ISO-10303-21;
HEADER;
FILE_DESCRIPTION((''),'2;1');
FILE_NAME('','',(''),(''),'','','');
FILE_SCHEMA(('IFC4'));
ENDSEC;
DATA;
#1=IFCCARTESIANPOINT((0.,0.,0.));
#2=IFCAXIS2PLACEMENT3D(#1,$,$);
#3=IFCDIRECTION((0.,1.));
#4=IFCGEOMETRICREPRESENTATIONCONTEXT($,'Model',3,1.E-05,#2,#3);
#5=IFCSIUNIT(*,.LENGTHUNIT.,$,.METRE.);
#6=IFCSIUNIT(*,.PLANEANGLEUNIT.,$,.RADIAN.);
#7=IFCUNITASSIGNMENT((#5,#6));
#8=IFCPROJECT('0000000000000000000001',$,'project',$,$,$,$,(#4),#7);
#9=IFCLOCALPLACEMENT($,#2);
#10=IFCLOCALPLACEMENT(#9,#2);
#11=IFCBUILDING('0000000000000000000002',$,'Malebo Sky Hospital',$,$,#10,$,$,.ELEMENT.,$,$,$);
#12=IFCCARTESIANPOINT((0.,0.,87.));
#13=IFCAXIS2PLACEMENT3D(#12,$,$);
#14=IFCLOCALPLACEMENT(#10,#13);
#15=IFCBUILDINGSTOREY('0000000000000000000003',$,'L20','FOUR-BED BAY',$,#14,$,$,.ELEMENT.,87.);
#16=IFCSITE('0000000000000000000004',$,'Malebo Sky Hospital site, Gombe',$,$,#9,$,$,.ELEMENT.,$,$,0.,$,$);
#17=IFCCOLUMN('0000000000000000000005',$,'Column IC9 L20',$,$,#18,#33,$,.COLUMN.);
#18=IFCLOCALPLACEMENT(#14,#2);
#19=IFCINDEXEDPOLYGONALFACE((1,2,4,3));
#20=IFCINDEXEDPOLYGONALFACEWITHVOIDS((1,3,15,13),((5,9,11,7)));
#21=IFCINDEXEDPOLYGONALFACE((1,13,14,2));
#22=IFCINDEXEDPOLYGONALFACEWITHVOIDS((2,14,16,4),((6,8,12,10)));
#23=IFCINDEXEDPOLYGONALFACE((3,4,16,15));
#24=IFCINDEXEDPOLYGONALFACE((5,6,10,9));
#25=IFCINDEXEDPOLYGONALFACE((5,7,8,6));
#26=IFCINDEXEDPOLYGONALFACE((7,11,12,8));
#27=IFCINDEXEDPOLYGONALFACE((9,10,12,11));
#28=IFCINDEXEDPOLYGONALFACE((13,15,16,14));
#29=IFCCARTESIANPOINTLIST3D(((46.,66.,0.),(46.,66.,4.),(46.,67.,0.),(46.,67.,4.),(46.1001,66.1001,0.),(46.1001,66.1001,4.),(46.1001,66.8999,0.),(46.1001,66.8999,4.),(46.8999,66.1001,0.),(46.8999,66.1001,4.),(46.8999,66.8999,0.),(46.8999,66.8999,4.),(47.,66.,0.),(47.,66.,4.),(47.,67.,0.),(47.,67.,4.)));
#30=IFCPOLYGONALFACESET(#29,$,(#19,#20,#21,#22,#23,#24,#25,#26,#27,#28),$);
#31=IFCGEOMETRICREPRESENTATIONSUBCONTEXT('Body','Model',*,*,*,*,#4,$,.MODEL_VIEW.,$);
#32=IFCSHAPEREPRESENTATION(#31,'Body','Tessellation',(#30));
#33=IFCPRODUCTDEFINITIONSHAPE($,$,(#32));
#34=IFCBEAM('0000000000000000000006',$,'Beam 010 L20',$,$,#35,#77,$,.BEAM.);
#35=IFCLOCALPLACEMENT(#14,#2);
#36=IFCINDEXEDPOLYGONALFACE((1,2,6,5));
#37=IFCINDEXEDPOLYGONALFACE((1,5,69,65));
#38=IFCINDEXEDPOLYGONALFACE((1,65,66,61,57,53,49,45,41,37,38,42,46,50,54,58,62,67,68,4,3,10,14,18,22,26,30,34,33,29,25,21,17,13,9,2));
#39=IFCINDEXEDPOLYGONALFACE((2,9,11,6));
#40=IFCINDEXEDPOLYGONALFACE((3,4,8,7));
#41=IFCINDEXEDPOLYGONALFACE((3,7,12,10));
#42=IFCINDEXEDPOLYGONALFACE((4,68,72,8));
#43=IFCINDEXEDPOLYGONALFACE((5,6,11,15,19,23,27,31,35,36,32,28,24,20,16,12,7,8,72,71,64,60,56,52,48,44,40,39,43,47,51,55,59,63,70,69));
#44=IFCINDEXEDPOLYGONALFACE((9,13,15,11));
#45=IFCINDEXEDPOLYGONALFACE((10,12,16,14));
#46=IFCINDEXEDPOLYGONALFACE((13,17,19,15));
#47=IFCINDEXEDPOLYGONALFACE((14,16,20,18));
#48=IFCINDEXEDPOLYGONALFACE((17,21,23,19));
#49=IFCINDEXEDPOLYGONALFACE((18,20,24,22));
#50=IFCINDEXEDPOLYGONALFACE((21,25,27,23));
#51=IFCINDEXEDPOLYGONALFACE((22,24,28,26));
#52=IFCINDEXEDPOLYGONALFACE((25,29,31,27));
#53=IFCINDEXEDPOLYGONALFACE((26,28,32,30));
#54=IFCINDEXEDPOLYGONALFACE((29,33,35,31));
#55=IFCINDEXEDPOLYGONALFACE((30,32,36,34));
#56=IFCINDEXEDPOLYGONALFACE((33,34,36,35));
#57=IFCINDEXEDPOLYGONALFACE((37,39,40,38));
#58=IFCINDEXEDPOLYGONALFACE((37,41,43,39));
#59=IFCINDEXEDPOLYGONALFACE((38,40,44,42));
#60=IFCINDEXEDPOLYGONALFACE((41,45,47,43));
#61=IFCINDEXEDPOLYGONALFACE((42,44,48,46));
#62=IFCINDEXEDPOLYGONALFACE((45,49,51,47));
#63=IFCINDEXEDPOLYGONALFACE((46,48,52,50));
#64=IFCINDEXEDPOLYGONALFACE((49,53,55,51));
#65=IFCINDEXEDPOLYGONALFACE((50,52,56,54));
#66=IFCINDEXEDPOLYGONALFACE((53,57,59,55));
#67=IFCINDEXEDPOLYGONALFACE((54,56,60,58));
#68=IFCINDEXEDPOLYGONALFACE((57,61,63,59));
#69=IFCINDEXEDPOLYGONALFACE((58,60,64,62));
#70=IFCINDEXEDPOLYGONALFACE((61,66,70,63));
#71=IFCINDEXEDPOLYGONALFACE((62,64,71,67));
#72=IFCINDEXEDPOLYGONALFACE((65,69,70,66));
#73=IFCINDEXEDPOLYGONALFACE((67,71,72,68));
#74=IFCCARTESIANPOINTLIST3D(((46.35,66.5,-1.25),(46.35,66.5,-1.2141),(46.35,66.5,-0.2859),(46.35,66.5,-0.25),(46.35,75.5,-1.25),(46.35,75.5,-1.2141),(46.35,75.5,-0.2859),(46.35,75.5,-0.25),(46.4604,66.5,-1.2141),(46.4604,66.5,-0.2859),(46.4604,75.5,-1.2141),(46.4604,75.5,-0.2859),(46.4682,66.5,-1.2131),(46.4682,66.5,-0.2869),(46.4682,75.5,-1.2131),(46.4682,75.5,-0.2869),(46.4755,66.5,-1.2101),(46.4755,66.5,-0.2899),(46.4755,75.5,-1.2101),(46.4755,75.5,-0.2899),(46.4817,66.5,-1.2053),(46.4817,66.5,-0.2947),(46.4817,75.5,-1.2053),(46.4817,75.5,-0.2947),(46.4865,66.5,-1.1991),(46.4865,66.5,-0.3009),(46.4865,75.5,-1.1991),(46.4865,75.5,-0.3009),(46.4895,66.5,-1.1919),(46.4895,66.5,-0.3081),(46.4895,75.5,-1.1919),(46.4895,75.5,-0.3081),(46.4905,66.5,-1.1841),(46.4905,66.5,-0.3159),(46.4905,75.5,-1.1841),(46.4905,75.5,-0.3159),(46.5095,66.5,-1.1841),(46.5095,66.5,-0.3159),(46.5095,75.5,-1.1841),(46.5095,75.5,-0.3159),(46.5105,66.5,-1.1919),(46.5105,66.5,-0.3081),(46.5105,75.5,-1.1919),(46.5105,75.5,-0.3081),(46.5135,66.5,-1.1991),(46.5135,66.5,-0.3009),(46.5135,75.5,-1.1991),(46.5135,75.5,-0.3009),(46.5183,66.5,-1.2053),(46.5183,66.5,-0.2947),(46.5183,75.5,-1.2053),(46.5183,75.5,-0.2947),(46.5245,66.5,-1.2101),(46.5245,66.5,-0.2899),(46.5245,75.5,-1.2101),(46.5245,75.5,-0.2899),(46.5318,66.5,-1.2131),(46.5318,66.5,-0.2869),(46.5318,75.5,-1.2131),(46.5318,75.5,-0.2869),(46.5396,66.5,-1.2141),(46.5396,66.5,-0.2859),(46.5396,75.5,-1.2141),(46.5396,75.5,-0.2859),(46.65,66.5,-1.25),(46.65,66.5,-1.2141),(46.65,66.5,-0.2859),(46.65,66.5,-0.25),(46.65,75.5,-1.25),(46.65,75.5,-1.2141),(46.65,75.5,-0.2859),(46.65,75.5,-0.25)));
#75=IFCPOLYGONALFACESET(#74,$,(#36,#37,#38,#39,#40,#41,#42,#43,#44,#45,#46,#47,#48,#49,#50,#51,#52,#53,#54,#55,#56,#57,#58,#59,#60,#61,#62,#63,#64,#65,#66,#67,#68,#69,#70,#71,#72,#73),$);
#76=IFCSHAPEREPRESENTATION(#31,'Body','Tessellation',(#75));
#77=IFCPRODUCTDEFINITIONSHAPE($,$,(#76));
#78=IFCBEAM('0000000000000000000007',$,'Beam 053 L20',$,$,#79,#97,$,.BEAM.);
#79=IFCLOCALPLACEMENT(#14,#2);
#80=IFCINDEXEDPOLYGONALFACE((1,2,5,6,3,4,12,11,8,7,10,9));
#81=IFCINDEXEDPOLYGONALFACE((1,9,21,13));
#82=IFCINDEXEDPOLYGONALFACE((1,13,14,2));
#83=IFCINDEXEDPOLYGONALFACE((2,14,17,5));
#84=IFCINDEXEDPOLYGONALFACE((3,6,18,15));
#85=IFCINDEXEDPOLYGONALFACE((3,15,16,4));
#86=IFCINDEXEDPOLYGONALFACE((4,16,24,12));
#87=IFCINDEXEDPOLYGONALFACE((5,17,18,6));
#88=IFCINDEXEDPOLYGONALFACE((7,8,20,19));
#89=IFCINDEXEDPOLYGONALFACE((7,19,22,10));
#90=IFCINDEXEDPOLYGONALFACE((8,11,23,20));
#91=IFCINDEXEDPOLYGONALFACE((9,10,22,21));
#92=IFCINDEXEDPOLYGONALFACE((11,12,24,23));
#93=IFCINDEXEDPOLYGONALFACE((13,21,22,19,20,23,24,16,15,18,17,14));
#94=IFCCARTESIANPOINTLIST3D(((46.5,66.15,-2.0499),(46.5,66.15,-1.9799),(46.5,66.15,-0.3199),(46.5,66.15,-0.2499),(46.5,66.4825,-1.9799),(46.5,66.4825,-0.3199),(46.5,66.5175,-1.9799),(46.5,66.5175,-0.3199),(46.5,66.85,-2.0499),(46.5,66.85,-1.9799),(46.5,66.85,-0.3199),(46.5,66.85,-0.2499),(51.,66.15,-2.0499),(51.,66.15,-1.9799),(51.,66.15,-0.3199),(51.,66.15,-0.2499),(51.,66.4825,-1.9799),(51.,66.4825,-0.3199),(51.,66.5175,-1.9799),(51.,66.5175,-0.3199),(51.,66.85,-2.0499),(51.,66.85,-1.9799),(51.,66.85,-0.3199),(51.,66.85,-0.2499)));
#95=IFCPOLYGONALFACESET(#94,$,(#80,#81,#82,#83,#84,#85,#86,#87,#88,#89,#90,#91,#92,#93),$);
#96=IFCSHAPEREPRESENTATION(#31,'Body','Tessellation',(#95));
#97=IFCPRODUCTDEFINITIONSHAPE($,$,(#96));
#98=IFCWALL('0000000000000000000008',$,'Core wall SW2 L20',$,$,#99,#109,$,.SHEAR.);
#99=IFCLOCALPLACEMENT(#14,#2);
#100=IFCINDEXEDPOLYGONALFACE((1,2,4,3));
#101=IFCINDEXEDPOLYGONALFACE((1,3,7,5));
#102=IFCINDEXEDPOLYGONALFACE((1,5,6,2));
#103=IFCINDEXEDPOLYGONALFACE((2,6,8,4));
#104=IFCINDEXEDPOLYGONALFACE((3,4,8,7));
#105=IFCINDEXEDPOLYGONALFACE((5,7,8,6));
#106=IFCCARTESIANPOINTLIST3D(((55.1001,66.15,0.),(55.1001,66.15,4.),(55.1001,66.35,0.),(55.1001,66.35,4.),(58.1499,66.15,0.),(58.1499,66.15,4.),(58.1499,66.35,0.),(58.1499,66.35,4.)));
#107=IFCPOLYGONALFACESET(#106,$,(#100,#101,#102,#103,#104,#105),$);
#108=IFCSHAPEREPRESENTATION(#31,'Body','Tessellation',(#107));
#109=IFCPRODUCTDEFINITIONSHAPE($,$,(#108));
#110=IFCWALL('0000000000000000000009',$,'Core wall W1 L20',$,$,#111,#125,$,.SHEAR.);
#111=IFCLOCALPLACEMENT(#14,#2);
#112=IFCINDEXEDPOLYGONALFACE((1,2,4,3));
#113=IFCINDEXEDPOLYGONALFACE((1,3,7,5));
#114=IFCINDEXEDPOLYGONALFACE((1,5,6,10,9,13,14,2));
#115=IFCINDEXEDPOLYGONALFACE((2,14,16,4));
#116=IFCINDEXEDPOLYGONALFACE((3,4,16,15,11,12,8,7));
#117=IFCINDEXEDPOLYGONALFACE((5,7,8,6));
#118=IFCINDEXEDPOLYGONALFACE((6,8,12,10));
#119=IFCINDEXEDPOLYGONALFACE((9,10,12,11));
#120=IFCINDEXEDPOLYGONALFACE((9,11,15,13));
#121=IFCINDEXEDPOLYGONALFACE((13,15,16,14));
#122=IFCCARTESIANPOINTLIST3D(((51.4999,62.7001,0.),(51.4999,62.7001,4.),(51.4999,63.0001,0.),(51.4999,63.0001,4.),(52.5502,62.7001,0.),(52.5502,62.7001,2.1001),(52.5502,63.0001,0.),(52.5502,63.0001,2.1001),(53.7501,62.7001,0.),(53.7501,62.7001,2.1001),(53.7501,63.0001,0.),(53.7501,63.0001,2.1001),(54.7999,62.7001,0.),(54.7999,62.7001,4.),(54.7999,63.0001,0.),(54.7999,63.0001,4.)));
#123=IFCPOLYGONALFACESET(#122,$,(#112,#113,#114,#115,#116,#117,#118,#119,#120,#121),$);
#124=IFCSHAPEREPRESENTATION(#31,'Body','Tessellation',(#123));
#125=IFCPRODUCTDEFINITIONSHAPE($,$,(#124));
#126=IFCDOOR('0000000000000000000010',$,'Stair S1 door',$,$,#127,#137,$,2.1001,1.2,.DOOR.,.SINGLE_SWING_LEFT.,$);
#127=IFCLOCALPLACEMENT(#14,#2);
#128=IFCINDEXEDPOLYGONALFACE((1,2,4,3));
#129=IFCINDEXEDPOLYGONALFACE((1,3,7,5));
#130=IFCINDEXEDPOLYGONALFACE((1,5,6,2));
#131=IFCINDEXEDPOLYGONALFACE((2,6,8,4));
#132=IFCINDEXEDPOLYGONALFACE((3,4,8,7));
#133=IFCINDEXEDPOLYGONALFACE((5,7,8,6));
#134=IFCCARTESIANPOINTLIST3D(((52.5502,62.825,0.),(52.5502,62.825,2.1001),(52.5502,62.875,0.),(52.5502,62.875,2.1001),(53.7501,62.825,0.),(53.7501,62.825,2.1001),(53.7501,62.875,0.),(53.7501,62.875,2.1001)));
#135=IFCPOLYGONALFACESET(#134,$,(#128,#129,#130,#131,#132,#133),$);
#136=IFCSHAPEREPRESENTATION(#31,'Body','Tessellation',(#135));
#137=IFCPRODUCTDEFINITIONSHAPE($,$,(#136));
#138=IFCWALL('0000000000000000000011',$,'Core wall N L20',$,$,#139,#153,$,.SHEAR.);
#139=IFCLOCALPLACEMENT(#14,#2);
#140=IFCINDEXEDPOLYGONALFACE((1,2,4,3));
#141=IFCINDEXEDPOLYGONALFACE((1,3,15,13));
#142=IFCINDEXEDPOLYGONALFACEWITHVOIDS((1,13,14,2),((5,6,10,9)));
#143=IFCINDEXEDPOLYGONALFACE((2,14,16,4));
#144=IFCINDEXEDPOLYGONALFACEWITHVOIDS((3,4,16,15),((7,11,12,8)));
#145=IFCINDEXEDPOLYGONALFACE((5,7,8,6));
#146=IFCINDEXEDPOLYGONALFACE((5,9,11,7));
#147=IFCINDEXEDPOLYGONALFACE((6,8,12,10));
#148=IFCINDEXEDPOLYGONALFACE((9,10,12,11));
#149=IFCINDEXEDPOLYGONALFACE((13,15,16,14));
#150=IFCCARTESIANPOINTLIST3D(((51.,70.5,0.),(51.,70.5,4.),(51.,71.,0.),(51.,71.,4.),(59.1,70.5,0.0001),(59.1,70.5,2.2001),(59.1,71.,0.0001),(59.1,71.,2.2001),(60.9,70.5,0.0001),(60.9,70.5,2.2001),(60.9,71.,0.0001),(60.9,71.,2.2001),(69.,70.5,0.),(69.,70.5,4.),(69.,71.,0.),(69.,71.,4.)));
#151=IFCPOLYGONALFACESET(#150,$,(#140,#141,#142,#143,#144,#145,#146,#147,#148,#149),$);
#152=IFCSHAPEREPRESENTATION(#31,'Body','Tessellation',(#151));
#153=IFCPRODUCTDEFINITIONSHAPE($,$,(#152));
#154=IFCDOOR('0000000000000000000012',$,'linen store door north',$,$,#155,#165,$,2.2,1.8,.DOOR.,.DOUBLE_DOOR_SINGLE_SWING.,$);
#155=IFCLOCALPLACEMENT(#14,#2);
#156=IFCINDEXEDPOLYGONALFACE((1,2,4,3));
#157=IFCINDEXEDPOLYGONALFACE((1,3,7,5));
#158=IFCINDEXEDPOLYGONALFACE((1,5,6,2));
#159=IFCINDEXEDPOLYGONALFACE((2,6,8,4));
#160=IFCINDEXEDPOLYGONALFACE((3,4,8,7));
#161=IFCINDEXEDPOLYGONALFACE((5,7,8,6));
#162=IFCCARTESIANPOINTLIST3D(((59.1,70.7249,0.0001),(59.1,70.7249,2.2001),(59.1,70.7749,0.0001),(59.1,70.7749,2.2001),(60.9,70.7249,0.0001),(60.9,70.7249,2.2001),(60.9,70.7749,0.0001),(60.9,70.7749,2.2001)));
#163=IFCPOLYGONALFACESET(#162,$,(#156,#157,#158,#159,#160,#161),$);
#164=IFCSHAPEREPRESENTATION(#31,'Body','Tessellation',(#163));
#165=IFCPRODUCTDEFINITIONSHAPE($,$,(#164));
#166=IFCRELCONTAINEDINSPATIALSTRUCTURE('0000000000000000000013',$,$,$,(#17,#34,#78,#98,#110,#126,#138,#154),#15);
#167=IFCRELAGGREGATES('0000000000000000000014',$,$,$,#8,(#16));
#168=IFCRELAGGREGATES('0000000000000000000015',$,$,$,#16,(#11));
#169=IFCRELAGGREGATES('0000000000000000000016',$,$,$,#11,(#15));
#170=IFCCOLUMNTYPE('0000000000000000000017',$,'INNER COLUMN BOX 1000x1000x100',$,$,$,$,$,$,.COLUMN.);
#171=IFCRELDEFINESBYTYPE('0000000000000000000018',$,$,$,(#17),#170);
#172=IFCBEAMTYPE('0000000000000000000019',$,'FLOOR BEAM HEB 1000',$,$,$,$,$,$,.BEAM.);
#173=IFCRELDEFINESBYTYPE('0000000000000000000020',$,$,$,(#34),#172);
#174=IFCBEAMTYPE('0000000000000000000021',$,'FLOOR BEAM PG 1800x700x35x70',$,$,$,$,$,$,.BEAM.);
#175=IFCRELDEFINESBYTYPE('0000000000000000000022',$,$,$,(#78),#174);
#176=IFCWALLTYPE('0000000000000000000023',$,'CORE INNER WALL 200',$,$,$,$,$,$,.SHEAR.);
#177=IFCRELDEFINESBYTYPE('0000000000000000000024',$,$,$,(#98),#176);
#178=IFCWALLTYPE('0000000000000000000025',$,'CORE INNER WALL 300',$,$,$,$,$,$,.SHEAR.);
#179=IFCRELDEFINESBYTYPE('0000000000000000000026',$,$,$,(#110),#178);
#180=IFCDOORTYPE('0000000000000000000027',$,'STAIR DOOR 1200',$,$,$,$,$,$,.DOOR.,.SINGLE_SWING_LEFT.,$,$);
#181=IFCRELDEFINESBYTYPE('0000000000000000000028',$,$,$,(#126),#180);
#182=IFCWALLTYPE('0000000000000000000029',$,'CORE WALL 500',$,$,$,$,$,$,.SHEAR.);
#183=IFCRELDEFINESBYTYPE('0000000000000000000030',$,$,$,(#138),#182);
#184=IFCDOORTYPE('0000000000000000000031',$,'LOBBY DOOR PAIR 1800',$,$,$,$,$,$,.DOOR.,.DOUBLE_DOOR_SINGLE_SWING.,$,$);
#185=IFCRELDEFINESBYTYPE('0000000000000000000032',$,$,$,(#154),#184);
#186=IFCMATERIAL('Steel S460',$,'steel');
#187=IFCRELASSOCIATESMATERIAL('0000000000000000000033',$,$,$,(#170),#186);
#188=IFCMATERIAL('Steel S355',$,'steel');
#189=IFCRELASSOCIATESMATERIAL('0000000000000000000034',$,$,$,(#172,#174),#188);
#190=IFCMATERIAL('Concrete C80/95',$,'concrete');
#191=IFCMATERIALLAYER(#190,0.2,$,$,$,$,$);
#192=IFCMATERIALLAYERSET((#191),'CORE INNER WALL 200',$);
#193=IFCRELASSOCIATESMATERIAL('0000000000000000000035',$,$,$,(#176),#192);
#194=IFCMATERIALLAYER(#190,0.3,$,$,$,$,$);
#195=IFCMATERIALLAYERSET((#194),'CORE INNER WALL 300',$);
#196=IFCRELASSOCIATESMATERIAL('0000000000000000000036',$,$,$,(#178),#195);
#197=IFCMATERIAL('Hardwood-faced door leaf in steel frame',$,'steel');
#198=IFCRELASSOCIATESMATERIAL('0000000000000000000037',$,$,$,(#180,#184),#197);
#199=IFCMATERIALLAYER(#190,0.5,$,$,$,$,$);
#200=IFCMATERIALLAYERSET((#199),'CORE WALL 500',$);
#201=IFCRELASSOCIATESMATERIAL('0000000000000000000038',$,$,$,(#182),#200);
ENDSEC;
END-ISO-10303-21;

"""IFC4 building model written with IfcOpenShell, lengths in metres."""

from ifc_helpers import new_model, si_unit, direction, frame, frame_2d, origin, origin_2d, place, context, subcontext, project, spatial, rectangle, hollow_rectangle, i_section, extrude, material, layer, layer_set, material_profile, profile_set, type_object, element, fill, save


model = new_model("IFC4")

# Units and contexts
model_context = context("Model", 3, precision=1e-05, world=origin(), true_north=direction((0.0, 1.0)))
body_context = subcontext(model_context, "Body", "Model", "MODEL_VIEW")
ifc_project = project(units=[si_unit("LENGTHUNIT", "METRE"), si_unit("PLANEANGLEUNIT", "RADIAN")], contexts=[model_context])

# Site, building, storey
site_placement = place(None, origin())
site = spatial("IfcSite", under=ifc_project, at=site_placement, Name="Malebo Sky Hospital site, Gombe", CompositionType="ELEMENT", RefElevation=0.0)
building_placement = place(site_placement, origin())
building = spatial("IfcBuilding", under=site, at=building_placement, Name="Malebo Sky Hospital", CompositionType="ELEMENT")
storey_placement = place(building_placement, frame((0.0, 0.0, 87.0)))
storey = spatial("IfcBuildingStorey", under=building, at=storey_placement, Name="L20", Description="FOUR-BED BAY", CompositionType="ELEMENT", Elevation=87.0)

# Column
ifc_material_1 = material(Name="Steel S460", Category="steel")
ifc_material_profile_1 = material_profile(ifc_material_1, hollow_rectangle(XDim=1.0, YDim=1.0, WallThickness=0.1001, at=origin_2d()), Name="BOX 1000x1000x100")
ifc_profile_set_1 = profile_set([ifc_material_profile_1], Name="Steel S460")
column_type = type_object("IfcColumnType", Name="INNER COLUMN BOX 1000x1000x100", PredefinedType="COLUMN", material=ifc_profile_set_1)
column_placement = place(storey_placement, frame((46.5, 66.5, 0.0), z_axis=(0.0, 0.0, 1.0), x_axis=(1.0, 0.0, 0.0)))
element("IfcColumn", 1, at=column_placement, inside=storey, type_object=column_type, Name="Column IC9 L20", PredefinedType="COLUMN", context=body_context, shape_type="SweptSolid", body=[
    extrude(hollow_rectangle(XDim=1.0, YDim=1.0, WallThickness=0.1001, at=origin_2d()), origin(), (0.0, 0.0, 1.0), 4.0),
])

# Beams
ifc_material_2 = material(Name="Steel S355", Category="steel")
ifc_material_profile_2 = material_profile(ifc_material_2, i_section(OverallWidth=0.3, OverallDepth=1.0, WebThickness=0.019, FlangeThickness=0.0359, FilletRadius=0.03, at=origin_2d()), Name="HEB 1000")
ifc_profile_set_2 = profile_set([ifc_material_profile_2], Name="Steel S355")
beam_type_1 = type_object("IfcBeamType", Name="FLOOR BEAM HEB 1000", PredefinedType="BEAM", material=ifc_profile_set_2)
beam_1_placement = place(storey_placement, frame((46.5, 66.5, -0.75), z_axis=(0.0, 1.0, 0.0), x_axis=(-1.0, 0.0, 0.0)))
element("IfcBeam", 2, at=beam_1_placement, inside=storey, type_object=beam_type_1, Name="Beam 010 L20", PredefinedType="BEAM", context=body_context, shape_type="SweptSolid", body=[
    extrude(i_section(OverallWidth=0.3, OverallDepth=1.0, WebThickness=0.019, FlangeThickness=0.0359, FilletRadius=0.03, at=origin_2d()), origin(), (0.0, 0.0, 1.0), 9.0),
])
ifc_material_profile_3 = material_profile(ifc_material_2, i_section(OverallWidth=0.7, OverallDepth=1.8, WebThickness=0.0349, FlangeThickness=0.0701, at=origin_2d()), Name="PG 1800x700x35x70")
ifc_profile_set_3 = profile_set([ifc_material_profile_3], Name="Steel S355")
beam_type_2 = type_object("IfcBeamType", Name="FLOOR BEAM PG 1800x700x35x70", PredefinedType="BEAM", material=ifc_profile_set_3)
beam_2_placement = place(storey_placement, frame((46.5, 66.5, -1.1499), z_axis=(1.0, 0.0, 0.0), x_axis=(0.0, 1.0, 0.0)))
element("IfcBeam", 3, at=beam_2_placement, inside=storey, type_object=beam_type_2, Name="Beam 053 L20", PredefinedType="BEAM", context=body_context, shape_type="SweptSolid", body=[
    extrude(i_section(OverallWidth=0.7, OverallDepth=1.8, WebThickness=0.0349, FlangeThickness=0.0701, at=origin_2d()), origin(), (0.0, 0.0, 1.0), 4.5),
])

# Wall
ifc_material_3 = material(Name="Concrete C80/95", Category="concrete")
ifc_layer_1 = layer(ifc_material_3, 0.2)
ifc_layer_set_1 = layer_set([ifc_layer_1], Name="CORE INNER WALL 200")
wall_type_1 = type_object("IfcWallType", Name="CORE INNER WALL 200", PredefinedType="SHEAR", material=ifc_layer_set_1)
wall_1_placement = place(storey_placement, frame((55.1001, 66.25, 0.0), z_axis=(0.0, 0.0, 1.0), x_axis=(1.0, 0.0, 0.0)))
element("IfcWall", 4, at=wall_1_placement, inside=storey, type_object=wall_type_1, Name="Core wall SW2 L20", PredefinedType="SHEAR", context=body_context, shape_type="SweptSolid", body=[
    extrude(rectangle(XDim=3.0498, YDim=0.2, at=frame_2d((1.5249, 0.0))), origin(), (0.0, 0.0, 1.0), 4.0),
])

# Walls, openings, doors
ifc_layer_2 = layer(ifc_material_3, 0.3)
ifc_layer_set_2 = layer_set([ifc_layer_2], Name="CORE INNER WALL 300")
wall_type_2 = type_object("IfcWallType", Name="CORE INNER WALL 300", PredefinedType="SHEAR", material=ifc_layer_set_2)
wall_2_placement = place(storey_placement, frame((51.5, 62.8501, 0.0), z_axis=(0.0, 0.0, 1.0), x_axis=(1.0, 0.0, 0.0)))
wall_2 = element("IfcWall", 5, at=wall_2_placement, inside=storey, type_object=wall_type_2, Name="Core wall W1 L20", PredefinedType="SHEAR", context=body_context, shape_type="SweptSolid", body=[
    extrude(rectangle(XDim=3.3, YDim=0.3, at=frame_2d((1.6499, 0.0))), origin(), (0.0, 0.0, 1.0), 4.0),
])
opening_1_placement = place(wall_2_placement, frame((1.05, 0.0, 0.0)))
opening_1 = element("IfcOpeningElement", 6, at=opening_1_placement, cuts=wall_2, PredefinedType="OPENING", context=body_context, shape_type="SweptSolid", body=[
    extrude(rectangle(XDim=1.2, YDim=2.1001, at=frame_2d((0.6001, 1.05))), frame((0.0, 0.1599, 0.0), z_axis=(0.0, -1.0, 0.0), x_axis=(1.0, 0.0, 0.0)), (0.0, 0.0, 1.0), 0.3201),
])
ifc_material_4 = material(Name="Hardwood-faced door leaf in steel frame", Category="steel")
door_type_1 = type_object("IfcDoorType", Name="STAIR DOOR 1200", OperationType="SINGLE_SWING_LEFT", PredefinedType="DOOR", material=ifc_material_4)
door_1_placement = place(opening_1_placement, origin())
door_1 = element("IfcDoor", 7, at=door_1_placement, inside=storey, type_object=door_type_1, Name="Stair S1 door", OperationType="SINGLE_SWING_LEFT", OverallHeight=2.1001, OverallWidth=1.2, PredefinedType="DOOR", context=body_context, shape_type="SweptSolid", body=[
    extrude(rectangle(XDim=1.2, YDim=2.1001, at=frame_2d((0.6001, 1.05))), frame((0.0, 0.0249, 0.0), z_axis=(0.0, -1.0, 0.0), x_axis=(1.0, 0.0, 0.0)), (0.0, 0.0, 1.0), 0.05),
])
fill(opening_1, door_1)
ifc_layer_3 = layer(ifc_material_3, 0.5)
ifc_layer_set_3 = layer_set([ifc_layer_3], Name="CORE WALL 500")
wall_type_3 = type_object("IfcWallType", Name="CORE WALL 500", PredefinedType="SHEAR", material=ifc_layer_set_3)
wall_3_placement = place(storey_placement, frame((51.0, 70.75, 0.0), z_axis=(0.0, 0.0, 1.0), x_axis=(1.0, 0.0, 0.0)))
wall_3 = element("IfcWall", 8, at=wall_3_placement, inside=storey, type_object=wall_type_3, Name="Core wall N L20", PredefinedType="SHEAR", context=body_context, shape_type="SweptSolid", body=[
    extrude(rectangle(XDim=18.0, YDim=0.5, at=frame_2d((9.0, 0.0))), origin(), (0.0, 0.0, 1.0), 4.0),
])
opening_2_placement = place(wall_3_placement, frame((8.1001, 0.0, 0.0)))
opening_2 = element("IfcOpeningElement", 9, at=opening_2_placement, cuts=wall_3, PredefinedType="OPENING", context=body_context, shape_type="SweptSolid", body=[
    extrude(rectangle(XDim=1.8, YDim=2.2, at=frame_2d((0.8999, 1.1001))), frame((0.0, 0.26, 0.0), z_axis=(0.0, -1.0, 0.0), x_axis=(1.0, 0.0, 0.0)), (0.0, 0.0, 1.0), 0.52),
])
door_type_2 = type_object("IfcDoorType", Name="LOBBY DOOR PAIR 1800", OperationType="DOUBLE_DOOR_SINGLE_SWING", PredefinedType="DOOR", material=ifc_material_4)
door_2_placement = place(opening_2_placement, origin())
door_2 = element("IfcDoor", 10, at=door_2_placement, inside=storey, type_object=door_type_2, Name="linen store door north", OperationType="DOUBLE_DOOR_SINGLE_SWING", OverallHeight=2.2, OverallWidth=1.8, PredefinedType="DOOR", context=body_context, shape_type="SweptSolid", body=[
    extrude(rectangle(XDim=1.8, YDim=2.2, at=frame_2d((0.8999, 1.1001))), frame((0.0, 0.0249, 0.0), z_axis=(0.0, -1.0, 0.0), x_axis=(1.0, 0.0, 0.0)), (0.0, 0.0, 1.0), 0.05),
])
fill(opening_2, door_2)

save(model, "model.ifc")
